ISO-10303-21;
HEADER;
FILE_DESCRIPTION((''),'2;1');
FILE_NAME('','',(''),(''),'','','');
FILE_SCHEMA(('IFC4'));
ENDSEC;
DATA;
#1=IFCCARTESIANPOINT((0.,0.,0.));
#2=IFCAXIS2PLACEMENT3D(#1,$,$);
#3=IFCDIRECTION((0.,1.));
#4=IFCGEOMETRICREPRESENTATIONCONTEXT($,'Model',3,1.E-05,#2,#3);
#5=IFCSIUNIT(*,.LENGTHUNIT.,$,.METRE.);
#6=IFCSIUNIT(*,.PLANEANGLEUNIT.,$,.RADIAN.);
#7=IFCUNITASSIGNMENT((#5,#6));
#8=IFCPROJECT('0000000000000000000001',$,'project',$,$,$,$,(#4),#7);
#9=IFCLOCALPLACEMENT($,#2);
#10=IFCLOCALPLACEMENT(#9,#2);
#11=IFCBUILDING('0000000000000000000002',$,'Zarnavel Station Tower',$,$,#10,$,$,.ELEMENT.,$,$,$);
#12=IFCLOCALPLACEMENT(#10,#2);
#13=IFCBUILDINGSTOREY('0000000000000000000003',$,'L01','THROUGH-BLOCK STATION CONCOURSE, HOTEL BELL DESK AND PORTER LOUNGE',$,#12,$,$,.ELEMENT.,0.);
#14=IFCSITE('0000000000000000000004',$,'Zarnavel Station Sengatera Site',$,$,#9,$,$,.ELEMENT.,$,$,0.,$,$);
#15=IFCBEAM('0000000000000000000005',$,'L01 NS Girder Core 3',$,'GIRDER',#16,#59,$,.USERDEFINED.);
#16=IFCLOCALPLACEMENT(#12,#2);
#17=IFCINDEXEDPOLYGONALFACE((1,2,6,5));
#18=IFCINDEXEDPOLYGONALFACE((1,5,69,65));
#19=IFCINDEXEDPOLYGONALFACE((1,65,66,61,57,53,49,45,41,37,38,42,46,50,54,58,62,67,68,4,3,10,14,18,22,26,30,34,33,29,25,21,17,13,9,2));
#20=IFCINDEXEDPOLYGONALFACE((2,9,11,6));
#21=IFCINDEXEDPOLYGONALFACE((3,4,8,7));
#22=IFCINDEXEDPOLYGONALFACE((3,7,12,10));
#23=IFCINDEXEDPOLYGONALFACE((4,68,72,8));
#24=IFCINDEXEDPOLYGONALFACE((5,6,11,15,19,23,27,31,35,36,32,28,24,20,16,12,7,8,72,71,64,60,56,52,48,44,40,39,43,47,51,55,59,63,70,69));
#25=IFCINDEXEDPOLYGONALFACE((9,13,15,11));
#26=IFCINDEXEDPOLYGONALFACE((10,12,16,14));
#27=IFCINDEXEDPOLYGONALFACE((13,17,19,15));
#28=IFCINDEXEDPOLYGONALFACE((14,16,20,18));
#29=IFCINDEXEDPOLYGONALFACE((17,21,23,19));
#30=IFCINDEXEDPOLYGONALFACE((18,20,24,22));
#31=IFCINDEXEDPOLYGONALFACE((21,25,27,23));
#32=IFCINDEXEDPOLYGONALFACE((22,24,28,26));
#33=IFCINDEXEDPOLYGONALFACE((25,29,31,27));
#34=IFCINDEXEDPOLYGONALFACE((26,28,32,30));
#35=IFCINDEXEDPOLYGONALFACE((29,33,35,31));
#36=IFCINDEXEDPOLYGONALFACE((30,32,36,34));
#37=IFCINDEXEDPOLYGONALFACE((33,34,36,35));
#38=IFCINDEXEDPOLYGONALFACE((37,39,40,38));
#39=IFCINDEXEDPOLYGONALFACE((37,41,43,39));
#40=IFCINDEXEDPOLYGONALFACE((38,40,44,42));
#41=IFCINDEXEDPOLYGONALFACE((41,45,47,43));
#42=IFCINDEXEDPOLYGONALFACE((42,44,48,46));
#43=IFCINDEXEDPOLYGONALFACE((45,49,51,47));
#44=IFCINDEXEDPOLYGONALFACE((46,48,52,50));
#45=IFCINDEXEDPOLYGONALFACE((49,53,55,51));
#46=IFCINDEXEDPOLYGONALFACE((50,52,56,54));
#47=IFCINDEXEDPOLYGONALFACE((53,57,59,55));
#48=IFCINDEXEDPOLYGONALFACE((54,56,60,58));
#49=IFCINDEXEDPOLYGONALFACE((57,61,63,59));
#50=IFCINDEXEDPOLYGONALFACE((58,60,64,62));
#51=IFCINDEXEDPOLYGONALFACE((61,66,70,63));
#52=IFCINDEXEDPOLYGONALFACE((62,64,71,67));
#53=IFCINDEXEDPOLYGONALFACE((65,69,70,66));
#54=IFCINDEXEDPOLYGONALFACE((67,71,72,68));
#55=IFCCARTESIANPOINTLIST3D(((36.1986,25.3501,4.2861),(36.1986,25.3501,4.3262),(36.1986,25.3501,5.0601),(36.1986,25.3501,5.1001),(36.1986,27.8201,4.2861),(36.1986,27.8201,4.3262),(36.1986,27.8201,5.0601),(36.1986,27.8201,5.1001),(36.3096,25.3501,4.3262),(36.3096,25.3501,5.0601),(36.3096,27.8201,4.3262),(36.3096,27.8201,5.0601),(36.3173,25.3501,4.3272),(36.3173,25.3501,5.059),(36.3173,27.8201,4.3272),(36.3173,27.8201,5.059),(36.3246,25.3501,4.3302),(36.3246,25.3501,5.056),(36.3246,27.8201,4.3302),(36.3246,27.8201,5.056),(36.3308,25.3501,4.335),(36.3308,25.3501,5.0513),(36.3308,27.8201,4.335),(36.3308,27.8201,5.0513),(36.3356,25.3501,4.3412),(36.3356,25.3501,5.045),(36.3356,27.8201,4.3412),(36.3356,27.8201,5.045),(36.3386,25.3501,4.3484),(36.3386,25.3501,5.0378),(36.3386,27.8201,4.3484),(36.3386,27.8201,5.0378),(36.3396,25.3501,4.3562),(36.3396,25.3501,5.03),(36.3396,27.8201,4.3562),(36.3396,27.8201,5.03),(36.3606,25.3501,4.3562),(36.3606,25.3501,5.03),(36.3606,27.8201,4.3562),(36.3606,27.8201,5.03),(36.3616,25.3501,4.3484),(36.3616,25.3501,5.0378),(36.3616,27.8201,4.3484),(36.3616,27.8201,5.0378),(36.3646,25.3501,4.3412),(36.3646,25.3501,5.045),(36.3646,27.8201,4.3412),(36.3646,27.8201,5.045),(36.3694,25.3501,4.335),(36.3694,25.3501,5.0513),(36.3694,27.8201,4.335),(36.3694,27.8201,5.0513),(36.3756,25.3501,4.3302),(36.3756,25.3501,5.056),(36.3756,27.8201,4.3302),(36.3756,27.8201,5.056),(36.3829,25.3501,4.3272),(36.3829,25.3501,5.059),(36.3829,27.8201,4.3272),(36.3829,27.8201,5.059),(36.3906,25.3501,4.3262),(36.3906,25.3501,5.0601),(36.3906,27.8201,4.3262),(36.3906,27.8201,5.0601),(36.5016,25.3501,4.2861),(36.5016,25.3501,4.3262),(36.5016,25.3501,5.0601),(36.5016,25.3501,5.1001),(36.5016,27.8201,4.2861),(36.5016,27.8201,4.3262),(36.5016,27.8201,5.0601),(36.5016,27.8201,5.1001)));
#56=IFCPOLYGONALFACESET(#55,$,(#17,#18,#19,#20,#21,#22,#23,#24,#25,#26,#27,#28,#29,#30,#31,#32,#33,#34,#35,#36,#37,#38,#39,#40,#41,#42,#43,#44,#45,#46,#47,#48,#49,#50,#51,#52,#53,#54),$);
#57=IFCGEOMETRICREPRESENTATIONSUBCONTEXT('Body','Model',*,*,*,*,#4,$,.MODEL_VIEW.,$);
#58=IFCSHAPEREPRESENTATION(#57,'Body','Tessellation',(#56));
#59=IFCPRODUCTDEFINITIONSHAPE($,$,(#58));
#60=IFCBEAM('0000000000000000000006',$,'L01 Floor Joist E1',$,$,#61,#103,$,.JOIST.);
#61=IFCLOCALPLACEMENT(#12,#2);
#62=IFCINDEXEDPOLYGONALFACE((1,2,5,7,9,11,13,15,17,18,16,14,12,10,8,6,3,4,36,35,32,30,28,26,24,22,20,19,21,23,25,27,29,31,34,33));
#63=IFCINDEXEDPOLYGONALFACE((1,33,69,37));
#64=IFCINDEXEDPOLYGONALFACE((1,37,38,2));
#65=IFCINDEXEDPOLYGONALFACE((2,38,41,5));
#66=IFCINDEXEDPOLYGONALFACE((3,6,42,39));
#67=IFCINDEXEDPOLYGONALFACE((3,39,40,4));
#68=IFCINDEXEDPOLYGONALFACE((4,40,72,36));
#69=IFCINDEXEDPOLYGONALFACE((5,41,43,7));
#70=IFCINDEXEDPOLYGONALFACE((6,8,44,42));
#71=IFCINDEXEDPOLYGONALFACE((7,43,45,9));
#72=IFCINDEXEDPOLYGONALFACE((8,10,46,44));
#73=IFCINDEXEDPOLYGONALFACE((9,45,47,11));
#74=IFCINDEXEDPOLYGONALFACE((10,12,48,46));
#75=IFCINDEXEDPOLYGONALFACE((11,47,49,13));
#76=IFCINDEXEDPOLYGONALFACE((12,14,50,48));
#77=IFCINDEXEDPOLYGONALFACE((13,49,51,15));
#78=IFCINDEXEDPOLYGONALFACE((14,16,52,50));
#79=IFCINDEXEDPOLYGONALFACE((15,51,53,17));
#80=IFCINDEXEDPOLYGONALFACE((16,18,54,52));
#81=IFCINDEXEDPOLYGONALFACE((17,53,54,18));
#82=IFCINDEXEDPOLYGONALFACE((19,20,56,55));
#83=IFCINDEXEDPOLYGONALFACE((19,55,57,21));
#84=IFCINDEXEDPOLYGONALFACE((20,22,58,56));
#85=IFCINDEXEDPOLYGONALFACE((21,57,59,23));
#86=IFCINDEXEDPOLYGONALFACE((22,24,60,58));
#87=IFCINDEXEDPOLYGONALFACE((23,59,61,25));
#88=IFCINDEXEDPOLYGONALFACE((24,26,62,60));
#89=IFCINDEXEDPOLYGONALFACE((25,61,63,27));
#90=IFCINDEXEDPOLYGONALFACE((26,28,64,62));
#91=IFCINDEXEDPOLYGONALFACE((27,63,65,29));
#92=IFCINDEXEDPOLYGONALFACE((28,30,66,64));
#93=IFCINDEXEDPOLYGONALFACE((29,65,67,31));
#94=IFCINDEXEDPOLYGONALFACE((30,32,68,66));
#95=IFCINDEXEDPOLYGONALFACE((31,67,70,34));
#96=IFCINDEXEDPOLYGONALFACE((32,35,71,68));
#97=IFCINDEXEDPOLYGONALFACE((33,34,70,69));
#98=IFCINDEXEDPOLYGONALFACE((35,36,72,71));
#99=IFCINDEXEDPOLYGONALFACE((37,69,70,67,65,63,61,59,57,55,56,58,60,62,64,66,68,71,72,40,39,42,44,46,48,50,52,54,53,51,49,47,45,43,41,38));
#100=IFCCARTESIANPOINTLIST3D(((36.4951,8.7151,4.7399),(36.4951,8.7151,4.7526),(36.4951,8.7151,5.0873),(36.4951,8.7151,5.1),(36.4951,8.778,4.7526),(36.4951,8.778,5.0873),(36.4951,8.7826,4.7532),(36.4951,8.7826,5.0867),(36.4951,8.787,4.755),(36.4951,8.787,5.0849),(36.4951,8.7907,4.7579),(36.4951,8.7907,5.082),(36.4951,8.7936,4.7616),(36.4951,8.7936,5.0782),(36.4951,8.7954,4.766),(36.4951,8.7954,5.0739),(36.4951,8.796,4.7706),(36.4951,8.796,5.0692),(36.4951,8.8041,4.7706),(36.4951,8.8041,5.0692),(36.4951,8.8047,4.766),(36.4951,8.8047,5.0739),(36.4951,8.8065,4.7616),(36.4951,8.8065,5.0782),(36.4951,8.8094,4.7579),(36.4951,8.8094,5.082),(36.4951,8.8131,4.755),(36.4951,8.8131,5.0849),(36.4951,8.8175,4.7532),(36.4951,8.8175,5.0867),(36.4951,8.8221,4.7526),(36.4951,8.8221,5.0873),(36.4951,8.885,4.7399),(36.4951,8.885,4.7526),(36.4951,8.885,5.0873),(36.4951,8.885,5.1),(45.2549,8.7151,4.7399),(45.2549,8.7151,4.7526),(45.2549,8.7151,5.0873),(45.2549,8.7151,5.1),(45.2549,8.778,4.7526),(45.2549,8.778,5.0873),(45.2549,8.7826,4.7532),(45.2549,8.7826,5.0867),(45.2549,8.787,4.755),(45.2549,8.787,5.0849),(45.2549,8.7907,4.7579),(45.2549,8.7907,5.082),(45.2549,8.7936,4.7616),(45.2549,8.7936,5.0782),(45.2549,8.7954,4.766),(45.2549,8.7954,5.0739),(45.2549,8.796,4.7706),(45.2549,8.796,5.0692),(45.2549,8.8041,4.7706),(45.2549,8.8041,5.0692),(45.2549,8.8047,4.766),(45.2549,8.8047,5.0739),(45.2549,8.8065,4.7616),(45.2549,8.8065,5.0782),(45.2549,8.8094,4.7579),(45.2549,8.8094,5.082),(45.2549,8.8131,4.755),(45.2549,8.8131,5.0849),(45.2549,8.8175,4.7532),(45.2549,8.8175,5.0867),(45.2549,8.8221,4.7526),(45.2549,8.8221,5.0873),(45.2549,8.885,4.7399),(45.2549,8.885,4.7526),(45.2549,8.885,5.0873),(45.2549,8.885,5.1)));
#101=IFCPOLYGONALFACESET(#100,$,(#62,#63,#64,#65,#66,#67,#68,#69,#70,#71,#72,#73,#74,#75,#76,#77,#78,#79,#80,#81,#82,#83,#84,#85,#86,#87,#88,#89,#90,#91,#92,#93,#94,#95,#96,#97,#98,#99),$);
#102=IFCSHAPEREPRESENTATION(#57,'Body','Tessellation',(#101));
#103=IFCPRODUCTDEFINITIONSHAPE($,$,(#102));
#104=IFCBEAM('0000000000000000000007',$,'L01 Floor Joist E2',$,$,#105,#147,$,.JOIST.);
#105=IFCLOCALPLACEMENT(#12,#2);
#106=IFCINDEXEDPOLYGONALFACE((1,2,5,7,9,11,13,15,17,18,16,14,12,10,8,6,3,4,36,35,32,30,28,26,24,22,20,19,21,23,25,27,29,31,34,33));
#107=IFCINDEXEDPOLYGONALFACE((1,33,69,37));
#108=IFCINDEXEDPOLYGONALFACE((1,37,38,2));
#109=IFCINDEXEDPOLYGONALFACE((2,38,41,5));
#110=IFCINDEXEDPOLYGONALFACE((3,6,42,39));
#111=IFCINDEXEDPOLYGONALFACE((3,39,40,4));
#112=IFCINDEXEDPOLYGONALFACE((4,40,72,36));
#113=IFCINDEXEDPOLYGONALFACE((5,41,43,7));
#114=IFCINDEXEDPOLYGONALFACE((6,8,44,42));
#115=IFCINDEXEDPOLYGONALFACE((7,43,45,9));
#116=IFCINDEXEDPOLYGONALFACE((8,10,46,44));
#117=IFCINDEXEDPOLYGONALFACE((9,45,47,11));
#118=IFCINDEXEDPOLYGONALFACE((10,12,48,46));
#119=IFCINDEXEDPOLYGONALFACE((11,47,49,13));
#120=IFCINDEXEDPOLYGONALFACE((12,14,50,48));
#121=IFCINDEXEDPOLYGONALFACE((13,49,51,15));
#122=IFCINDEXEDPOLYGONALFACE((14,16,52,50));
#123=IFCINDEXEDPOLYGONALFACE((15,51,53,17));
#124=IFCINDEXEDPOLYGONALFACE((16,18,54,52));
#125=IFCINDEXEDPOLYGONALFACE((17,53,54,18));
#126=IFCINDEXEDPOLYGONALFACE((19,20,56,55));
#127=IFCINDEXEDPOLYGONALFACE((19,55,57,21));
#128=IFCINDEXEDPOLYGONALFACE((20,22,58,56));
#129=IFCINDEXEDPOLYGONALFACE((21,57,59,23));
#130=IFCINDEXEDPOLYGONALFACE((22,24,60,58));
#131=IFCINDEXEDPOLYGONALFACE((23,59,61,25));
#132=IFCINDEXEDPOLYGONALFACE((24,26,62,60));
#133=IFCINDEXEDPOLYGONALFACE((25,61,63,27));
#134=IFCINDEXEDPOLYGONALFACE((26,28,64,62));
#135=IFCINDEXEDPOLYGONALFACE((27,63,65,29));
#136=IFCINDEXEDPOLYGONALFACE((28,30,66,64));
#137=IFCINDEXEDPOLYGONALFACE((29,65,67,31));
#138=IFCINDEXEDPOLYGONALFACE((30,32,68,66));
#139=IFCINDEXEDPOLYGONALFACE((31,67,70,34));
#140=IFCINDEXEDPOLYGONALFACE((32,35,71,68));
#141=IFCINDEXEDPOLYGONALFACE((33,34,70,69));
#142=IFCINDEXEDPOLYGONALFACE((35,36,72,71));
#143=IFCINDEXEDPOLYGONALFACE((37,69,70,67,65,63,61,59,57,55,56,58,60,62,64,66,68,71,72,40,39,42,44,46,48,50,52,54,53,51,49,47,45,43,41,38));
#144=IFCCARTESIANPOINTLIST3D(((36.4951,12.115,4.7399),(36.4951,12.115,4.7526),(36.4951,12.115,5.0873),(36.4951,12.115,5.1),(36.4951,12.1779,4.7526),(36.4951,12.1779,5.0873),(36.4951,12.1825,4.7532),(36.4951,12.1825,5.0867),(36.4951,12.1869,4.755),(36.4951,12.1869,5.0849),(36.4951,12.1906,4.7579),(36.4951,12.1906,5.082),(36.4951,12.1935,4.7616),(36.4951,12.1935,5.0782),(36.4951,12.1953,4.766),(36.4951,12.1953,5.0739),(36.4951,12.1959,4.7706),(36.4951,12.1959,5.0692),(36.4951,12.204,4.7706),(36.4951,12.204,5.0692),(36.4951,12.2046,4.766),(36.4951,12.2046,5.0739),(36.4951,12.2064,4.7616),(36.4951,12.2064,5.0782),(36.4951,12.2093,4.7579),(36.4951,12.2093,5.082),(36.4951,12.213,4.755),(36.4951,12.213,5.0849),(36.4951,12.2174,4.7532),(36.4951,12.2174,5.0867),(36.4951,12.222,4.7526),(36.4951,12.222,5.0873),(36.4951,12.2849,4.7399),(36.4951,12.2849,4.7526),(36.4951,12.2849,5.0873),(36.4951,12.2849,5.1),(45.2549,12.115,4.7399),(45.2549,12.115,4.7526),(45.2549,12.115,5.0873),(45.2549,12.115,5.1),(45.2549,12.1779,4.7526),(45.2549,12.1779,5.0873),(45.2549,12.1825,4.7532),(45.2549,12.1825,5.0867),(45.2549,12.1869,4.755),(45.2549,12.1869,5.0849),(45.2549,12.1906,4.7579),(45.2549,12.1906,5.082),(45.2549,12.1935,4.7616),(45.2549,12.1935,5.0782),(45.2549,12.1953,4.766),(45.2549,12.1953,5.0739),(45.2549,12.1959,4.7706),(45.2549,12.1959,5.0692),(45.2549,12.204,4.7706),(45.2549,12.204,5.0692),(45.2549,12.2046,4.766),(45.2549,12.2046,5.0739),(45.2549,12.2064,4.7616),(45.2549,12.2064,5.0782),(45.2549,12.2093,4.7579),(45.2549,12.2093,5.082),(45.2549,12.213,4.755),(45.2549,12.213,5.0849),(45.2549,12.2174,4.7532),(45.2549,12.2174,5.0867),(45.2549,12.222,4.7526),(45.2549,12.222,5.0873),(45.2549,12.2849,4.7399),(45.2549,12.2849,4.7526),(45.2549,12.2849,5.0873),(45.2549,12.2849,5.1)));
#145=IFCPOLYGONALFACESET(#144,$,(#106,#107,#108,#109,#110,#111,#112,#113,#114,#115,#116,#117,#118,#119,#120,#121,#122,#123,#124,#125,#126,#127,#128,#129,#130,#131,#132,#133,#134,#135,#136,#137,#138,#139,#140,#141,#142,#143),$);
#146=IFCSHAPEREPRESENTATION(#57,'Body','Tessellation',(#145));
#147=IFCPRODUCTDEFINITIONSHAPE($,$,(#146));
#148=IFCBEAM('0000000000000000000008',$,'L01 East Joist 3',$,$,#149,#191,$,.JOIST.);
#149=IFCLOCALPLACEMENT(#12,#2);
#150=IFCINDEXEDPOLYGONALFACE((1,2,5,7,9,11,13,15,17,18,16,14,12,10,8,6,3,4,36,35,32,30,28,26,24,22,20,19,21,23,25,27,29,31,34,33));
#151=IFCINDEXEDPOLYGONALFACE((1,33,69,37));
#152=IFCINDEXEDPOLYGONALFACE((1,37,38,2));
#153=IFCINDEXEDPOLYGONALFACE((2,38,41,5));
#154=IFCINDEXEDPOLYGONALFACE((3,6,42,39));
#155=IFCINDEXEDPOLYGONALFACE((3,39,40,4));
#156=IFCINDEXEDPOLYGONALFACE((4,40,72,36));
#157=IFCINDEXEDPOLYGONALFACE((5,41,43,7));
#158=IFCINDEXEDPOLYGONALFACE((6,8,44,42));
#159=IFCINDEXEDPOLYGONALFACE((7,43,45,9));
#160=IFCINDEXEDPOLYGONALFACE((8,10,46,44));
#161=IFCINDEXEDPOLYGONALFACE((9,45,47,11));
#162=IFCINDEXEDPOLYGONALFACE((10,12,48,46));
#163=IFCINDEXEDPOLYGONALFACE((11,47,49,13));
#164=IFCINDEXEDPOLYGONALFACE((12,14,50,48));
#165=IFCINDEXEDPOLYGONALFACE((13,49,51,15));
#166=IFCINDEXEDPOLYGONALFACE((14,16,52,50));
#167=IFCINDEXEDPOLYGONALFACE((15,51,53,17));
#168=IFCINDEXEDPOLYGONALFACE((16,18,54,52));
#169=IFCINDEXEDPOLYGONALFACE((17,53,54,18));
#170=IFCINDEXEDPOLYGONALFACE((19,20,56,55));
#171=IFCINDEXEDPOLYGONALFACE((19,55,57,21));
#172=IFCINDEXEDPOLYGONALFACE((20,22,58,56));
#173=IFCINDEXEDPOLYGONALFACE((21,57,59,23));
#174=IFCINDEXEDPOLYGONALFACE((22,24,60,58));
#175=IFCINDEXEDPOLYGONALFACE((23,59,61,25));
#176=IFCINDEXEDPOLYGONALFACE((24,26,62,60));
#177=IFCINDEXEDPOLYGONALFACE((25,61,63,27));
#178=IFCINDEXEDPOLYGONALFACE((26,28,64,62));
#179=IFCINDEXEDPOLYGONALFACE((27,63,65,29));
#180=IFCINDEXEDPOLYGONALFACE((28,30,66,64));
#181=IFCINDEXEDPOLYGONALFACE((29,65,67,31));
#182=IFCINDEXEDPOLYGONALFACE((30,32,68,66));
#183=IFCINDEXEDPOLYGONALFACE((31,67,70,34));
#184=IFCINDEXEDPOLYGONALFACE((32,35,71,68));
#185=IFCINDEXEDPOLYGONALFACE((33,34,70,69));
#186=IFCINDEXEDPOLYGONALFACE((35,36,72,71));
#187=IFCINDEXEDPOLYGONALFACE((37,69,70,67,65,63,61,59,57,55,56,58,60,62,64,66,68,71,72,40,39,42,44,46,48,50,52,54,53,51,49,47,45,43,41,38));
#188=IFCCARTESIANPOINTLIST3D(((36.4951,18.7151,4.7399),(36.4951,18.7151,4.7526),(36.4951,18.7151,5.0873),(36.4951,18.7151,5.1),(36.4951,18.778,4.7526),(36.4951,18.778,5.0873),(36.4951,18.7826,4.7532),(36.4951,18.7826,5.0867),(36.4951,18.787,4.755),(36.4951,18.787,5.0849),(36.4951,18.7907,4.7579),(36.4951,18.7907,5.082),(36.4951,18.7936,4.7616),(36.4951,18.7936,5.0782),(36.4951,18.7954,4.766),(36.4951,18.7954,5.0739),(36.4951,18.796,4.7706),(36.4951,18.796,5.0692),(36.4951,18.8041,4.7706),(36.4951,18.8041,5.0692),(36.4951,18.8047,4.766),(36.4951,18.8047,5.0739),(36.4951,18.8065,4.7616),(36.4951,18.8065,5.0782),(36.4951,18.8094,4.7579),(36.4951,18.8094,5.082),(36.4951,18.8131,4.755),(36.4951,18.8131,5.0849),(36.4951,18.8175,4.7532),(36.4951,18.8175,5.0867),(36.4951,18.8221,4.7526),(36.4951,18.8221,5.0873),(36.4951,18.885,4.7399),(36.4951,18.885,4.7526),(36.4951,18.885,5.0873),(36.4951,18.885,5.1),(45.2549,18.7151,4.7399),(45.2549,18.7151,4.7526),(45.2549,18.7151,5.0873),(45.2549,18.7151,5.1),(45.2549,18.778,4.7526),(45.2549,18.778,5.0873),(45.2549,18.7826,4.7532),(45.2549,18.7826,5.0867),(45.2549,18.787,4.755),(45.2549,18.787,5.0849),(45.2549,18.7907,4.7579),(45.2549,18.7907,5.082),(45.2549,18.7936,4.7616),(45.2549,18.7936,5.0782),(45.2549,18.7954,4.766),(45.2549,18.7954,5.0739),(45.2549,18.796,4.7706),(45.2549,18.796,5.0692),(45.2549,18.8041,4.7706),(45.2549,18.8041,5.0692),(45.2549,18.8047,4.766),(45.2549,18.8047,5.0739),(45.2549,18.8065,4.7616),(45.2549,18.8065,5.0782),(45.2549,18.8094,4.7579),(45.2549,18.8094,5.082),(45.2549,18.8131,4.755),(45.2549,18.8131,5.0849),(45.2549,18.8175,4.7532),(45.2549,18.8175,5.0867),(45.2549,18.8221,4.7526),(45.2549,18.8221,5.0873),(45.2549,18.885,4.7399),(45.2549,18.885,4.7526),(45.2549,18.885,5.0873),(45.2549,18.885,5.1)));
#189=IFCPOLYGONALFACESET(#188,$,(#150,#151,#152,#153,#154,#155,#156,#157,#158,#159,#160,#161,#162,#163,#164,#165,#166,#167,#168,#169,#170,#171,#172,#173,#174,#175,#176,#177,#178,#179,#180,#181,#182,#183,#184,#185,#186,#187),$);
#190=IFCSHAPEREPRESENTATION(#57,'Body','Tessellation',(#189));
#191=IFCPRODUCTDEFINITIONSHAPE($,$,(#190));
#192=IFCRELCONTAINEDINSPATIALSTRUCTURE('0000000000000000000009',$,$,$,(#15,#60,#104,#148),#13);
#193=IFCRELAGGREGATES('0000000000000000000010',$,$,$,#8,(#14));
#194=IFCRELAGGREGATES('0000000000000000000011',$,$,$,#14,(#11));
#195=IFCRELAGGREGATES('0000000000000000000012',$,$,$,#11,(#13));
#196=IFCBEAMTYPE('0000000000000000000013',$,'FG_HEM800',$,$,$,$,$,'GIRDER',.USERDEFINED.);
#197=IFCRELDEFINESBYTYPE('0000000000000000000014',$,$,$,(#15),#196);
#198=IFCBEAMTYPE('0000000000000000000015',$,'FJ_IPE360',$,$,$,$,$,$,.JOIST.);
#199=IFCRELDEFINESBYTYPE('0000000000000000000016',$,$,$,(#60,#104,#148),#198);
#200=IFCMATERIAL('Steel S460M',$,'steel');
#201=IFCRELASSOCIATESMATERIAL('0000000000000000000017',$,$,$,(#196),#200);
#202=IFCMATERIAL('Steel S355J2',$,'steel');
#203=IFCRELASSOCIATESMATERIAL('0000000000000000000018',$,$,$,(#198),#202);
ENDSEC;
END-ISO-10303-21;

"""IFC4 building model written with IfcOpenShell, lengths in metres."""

from ifc_helpers import new_model, si_unit, direction, frame, origin, origin_2d, place, context, subcontext, project, spatial, i_section, extrude, material, material_profile, profile_set, type_object, element, save


model = new_model("IFC4")

# Units and contexts
model_context = context("Model", 3, precision=1e-05, world=origin(), true_north=direction((0.0, 1.0)))
body_context = subcontext(model_context, "Body", "Model", "MODEL_VIEW")
ifc_project = project(units=[si_unit("LENGTHUNIT", "METRE"), si_unit("PLANEANGLEUNIT", "RADIAN")], contexts=[model_context])

# Site, building, storey
site_placement = place(None, origin())
site = spatial("IfcSite", under=ifc_project, at=site_placement, Name="Zarnavel Station Sengatera Site", CompositionType="ELEMENT", RefElevation=0.0)
building_placement = place(site_placement, origin())
building = spatial("IfcBuilding", under=site, at=building_placement, Name="Zarnavel Station Tower", CompositionType="ELEMENT")
storey_placement = place(building_placement, origin())
storey = spatial("IfcBuildingStorey", under=building, at=storey_placement, Name="L01", Description="THROUGH-BLOCK STATION CONCOURSE, HOTEL BELL DESK AND PORTER LOUNGE", CompositionType="ELEMENT", Elevation=0.0)

# Beams
ifc_material_1 = material(Name="Steel S460M", Category="steel")
ifc_material_profile_1 = material_profile(ifc_material_1, i_section(OverallWidth=0.303, OverallDepth=0.814, WebThickness=0.021, FlangeThickness=0.04, FilletRadius=0.03, at=origin_2d()), Name="HEM800")
ifc_profile_set_1 = profile_set([ifc_material_profile_1], Name="Steel S460M")
beam_type_1 = type_object("IfcBeamType", Name="FG_HEM800", ElementType="GIRDER", PredefinedType="USERDEFINED", material=ifc_profile_set_1)
beam_1_placement = place(storey_placement, frame((36.3501, 25.3501, 4.6931), z_axis=(0.0, 1.0, 0.0), x_axis=(-1.0, 0.0, 0.0)))
element("IfcBeam", 1, at=beam_1_placement, inside=storey, type_object=beam_type_1, Name="L01 NS Girder Core 3", ObjectType="GIRDER", PredefinedType="USERDEFINED", context=body_context, shape_type="SweptSolid", body=[
    extrude(i_section(OverallWidth=0.303, OverallDepth=0.814, WebThickness=0.021, FlangeThickness=0.04, FilletRadius=0.03, at=origin_2d()), origin(), (0.0, 0.0, 1.0), 2.47),
])
ifc_material_2 = material(Name="Steel S355J2", Category="steel")
ifc_material_profile_2 = material_profile(ifc_material_2, i_section(OverallWidth=0.1699, OverallDepth=0.3601, WebThickness=0.0081, FlangeThickness=0.0127, FilletRadius=0.0181, at=origin_2d()), Name="IPE360")
ifc_profile_set_2 = profile_set([ifc_material_profile_2], Name="Steel S355J2")
beam_type_2 = type_object("IfcBeamType", Name="FJ_IPE360", PredefinedType="JOIST", material=ifc_profile_set_2)
for number, where, z_axis, x_axis, name in (
    (2, (36.4951, 8.8, 4.9199), (1.0, 0.0, 0.0), (0.0, 1.0, 0.0), "L01 Floor Joist E1"),
    (3, (36.4951, 12.2, 4.9199), (1.0, 0.0, 0.0), (0.0, 1.0, 0.0), "L01 Floor Joist E2"),
    (4, (36.4951, 18.8, 4.9199), (1.0, 0.0, 0.0), (0.0, 1.0, 0.0), "L01 East Joist 3"),
):
    element("IfcBeam", number, at=place(storey_placement, frame(where, z_axis=z_axis, x_axis=x_axis)), inside=storey, type_object=beam_type_2, Name=name, PredefinedType="JOIST", context=body_context, shape_type="SweptSolid", body=[
        extrude(i_section(OverallWidth=0.1699, OverallDepth=0.3601, WebThickness=0.0081, FlangeThickness=0.0127, FilletRadius=0.0181, at=origin_2d()), origin(), (0.0, 0.0, 1.0), 8.7598),
    ])

save(model, "model.ifc")
